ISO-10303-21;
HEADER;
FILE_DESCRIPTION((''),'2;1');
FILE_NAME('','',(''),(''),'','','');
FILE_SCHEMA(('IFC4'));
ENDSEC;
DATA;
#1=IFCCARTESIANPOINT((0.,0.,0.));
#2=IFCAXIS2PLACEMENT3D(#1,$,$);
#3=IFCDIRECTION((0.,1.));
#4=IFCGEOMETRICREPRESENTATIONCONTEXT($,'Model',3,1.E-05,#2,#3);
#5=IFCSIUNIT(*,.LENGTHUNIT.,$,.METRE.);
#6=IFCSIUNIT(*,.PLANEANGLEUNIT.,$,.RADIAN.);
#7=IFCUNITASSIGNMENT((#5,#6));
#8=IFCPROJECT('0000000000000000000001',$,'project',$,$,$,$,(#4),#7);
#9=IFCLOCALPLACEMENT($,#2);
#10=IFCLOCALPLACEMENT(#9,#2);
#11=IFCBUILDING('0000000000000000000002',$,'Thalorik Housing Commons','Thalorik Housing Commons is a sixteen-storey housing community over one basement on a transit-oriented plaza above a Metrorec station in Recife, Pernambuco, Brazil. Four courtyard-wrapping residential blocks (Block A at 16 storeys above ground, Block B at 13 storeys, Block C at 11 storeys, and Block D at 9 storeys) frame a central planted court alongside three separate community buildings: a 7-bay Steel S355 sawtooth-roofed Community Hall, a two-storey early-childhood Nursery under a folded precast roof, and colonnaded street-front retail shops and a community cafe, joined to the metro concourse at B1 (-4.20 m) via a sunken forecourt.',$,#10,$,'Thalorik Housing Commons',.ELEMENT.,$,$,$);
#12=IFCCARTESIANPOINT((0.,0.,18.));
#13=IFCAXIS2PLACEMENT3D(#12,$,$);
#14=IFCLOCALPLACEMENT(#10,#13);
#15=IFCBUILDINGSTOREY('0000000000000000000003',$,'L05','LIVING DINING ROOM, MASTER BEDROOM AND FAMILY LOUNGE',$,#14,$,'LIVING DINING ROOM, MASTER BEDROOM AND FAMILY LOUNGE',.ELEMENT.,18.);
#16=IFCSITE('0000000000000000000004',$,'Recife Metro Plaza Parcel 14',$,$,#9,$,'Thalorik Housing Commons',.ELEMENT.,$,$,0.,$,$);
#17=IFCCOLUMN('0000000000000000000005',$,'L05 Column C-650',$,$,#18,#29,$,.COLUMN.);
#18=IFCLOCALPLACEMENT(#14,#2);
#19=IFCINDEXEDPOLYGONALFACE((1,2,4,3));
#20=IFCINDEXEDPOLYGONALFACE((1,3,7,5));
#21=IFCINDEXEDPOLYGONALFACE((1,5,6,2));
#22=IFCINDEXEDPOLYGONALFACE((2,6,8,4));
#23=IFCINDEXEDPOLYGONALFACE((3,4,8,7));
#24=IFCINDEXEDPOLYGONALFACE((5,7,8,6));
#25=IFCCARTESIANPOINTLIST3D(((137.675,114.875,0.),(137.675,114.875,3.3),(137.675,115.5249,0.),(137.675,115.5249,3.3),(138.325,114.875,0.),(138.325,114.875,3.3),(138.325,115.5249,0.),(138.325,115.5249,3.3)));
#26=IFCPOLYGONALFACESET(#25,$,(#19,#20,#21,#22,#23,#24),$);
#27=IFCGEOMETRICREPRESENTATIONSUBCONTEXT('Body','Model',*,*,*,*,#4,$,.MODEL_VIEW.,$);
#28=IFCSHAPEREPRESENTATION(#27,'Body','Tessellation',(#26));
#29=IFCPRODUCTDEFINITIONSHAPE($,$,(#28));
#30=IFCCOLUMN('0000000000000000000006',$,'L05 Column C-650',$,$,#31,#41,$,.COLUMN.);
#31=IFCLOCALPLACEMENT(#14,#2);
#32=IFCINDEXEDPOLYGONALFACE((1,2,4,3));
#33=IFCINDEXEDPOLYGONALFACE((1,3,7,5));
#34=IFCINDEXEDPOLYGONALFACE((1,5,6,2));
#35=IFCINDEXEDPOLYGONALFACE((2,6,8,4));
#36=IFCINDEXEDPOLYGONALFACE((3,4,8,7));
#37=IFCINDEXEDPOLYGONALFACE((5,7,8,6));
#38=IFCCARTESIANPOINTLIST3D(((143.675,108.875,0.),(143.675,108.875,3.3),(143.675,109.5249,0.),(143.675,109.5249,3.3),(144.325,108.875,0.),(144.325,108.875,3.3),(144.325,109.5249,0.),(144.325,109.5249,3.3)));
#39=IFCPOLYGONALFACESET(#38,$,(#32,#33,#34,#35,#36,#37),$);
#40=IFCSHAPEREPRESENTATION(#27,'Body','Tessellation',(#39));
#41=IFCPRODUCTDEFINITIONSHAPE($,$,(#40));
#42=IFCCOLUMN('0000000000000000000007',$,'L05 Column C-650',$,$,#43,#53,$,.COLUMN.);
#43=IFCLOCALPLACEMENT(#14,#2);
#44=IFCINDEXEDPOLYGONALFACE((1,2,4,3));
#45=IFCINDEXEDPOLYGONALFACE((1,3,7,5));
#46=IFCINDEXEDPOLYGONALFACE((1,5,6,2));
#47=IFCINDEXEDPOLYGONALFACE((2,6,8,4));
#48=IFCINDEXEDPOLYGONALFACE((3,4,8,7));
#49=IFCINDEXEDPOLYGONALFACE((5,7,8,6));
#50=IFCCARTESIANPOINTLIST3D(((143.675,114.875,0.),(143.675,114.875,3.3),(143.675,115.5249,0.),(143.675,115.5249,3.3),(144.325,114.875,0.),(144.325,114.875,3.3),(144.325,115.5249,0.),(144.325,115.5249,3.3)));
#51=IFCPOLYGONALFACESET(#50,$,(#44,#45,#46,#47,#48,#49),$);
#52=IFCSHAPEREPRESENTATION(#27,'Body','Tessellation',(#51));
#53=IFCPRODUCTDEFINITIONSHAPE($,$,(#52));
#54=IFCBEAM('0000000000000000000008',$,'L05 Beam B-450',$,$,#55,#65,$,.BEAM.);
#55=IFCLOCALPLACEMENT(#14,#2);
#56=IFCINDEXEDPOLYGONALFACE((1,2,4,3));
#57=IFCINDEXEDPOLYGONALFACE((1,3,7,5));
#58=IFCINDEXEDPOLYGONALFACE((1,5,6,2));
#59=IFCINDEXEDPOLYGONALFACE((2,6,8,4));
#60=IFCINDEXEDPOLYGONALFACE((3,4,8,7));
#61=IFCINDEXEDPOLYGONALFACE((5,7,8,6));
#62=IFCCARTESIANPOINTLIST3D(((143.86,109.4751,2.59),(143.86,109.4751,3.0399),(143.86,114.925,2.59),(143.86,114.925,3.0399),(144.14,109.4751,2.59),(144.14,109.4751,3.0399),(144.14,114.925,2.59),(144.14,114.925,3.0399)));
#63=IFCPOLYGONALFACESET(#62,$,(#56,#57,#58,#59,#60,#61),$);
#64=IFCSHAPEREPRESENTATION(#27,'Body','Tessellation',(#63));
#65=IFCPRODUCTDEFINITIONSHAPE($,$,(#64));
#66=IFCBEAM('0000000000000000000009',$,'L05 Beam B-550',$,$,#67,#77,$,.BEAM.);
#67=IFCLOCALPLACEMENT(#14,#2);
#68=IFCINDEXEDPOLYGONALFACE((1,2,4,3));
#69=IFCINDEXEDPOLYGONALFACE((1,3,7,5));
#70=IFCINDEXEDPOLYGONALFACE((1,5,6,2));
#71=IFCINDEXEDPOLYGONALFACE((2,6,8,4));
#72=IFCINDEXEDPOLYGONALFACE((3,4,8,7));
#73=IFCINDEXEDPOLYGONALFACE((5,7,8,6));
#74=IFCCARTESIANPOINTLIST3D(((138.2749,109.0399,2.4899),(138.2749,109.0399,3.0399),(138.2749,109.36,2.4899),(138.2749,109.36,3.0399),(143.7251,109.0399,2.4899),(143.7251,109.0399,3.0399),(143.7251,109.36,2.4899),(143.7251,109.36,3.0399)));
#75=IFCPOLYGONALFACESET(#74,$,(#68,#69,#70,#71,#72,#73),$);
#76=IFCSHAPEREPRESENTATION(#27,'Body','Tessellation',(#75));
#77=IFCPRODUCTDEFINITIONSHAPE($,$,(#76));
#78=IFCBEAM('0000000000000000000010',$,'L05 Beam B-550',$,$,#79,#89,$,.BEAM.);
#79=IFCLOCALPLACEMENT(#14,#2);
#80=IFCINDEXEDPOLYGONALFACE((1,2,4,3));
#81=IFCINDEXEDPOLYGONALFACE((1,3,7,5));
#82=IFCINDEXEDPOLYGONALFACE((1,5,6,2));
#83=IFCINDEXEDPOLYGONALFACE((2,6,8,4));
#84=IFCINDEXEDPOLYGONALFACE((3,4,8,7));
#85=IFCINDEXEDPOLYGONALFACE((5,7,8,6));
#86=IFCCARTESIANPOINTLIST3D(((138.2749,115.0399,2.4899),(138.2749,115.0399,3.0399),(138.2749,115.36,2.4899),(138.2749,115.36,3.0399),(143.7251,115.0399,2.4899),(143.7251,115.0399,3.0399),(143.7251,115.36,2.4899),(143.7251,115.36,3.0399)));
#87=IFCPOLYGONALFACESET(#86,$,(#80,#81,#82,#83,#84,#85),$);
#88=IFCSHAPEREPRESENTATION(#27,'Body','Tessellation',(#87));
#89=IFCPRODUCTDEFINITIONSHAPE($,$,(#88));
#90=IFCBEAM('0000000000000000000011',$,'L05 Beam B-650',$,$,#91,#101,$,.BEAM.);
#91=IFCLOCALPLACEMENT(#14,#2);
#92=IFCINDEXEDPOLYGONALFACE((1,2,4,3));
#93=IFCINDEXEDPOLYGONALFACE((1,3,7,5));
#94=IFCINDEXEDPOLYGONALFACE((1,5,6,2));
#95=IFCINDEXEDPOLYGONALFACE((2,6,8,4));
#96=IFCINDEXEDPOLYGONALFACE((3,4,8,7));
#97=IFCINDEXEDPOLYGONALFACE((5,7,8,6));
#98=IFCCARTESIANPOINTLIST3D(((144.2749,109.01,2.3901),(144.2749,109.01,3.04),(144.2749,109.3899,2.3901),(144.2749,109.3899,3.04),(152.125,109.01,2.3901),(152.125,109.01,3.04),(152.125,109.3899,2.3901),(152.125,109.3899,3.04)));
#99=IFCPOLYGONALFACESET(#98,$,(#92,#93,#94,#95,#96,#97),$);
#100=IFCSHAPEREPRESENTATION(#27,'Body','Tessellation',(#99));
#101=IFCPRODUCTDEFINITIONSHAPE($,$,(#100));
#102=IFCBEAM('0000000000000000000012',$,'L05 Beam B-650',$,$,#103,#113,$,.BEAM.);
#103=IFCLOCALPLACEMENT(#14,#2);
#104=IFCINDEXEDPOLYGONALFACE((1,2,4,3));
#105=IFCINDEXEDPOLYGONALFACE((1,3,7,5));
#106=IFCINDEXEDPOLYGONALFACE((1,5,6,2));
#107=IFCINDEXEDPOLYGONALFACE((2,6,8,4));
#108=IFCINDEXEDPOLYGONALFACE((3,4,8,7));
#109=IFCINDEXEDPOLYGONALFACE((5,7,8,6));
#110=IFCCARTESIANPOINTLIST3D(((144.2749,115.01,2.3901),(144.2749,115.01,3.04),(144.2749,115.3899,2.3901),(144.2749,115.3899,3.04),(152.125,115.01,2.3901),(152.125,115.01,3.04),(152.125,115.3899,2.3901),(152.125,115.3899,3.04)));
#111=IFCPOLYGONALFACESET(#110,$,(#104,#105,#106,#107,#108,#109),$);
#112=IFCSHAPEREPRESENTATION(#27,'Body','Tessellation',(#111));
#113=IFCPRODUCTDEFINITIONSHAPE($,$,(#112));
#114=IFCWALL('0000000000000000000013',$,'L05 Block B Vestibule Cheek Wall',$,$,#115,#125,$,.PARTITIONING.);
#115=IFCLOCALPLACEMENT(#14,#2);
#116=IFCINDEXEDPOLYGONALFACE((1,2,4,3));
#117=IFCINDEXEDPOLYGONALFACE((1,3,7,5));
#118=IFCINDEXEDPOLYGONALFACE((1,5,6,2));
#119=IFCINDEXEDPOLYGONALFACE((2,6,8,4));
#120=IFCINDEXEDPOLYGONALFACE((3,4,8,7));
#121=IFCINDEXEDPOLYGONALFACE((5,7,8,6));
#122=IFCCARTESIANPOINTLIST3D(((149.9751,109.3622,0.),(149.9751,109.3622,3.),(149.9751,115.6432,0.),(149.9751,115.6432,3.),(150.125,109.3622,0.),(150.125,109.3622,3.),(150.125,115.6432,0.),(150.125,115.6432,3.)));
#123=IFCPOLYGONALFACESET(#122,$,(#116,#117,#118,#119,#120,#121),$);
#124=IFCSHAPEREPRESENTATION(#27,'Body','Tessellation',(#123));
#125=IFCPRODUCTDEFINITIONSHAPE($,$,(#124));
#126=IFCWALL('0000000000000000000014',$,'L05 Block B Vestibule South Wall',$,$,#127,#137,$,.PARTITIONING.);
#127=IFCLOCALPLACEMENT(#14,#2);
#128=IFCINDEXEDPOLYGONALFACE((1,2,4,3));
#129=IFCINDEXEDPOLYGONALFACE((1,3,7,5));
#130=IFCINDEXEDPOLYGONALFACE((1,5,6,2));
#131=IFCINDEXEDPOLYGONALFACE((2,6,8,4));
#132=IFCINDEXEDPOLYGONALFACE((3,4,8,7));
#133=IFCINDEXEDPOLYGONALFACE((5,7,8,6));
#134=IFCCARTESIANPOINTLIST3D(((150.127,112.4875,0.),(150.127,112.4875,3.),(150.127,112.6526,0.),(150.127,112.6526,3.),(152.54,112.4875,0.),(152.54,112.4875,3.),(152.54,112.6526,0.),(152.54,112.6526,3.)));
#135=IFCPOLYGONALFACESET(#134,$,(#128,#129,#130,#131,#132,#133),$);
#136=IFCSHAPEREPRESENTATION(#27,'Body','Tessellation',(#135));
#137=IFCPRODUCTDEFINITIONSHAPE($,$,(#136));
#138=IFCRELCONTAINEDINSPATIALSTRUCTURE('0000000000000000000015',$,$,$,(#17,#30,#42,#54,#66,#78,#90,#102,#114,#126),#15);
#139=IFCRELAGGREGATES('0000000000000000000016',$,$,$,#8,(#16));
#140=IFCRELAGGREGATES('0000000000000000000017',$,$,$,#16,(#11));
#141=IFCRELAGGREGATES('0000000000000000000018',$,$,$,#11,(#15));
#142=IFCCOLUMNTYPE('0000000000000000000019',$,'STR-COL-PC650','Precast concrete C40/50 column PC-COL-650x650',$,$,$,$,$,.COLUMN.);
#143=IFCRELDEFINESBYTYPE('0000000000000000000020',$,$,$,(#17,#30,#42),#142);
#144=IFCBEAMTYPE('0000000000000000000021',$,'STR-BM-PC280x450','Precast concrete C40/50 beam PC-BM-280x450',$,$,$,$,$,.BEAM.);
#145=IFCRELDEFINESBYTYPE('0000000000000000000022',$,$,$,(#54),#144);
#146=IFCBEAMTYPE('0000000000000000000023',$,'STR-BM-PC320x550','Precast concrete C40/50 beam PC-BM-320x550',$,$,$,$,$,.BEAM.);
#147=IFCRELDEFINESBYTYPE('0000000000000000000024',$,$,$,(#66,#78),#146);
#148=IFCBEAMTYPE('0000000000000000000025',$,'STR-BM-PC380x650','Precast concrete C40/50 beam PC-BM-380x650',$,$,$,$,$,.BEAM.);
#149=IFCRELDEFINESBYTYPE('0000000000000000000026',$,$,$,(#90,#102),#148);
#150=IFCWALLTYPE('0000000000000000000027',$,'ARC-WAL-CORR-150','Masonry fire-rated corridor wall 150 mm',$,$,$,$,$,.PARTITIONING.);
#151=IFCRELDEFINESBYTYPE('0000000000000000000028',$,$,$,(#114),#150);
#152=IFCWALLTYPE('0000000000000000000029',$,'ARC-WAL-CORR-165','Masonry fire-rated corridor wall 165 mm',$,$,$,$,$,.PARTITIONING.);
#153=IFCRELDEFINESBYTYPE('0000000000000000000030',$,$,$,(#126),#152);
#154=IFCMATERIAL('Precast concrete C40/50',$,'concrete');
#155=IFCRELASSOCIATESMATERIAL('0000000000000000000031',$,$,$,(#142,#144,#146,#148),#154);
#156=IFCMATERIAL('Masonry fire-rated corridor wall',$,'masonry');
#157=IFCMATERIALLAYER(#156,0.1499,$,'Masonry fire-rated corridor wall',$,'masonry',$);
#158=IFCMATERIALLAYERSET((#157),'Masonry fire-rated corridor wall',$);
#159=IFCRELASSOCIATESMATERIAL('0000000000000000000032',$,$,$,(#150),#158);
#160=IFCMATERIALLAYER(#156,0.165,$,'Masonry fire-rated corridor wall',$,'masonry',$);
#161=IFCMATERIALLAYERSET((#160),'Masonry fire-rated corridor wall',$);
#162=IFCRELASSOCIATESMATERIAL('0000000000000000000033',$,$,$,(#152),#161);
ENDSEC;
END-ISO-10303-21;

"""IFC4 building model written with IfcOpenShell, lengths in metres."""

from ifc_helpers import new_model, si_unit, direction, frame, frame_2d, origin, origin_2d, place, context, subcontext, project, spatial, rectangle, extrude, material, layer, layer_set, material_profile, profile_set, type_object, element, save


model = new_model("IFC4")

# Units and contexts
model_context = context("Model", 3, precision=1e-05, world=origin(), true_north=direction((0.0, 1.0)))
body_context = subcontext(model_context, "Body", "Model", "MODEL_VIEW")
ifc_project = project(units=[si_unit("LENGTHUNIT", "METRE"), si_unit("PLANEANGLEUNIT", "RADIAN")], contexts=[model_context])

# Site, building, storey
site_placement = place(None, origin())
site = spatial("IfcSite", under=ifc_project, at=site_placement, Name="Recife Metro Plaza Parcel 14", LongName="Thalorik Housing Commons", CompositionType="ELEMENT", RefElevation=0.0)
building_placement = place(site_placement, origin())
building = spatial("IfcBuilding", under=site, at=building_placement, Name="Thalorik Housing Commons", Description="Thalorik Housing Commons is a sixteen-storey housing community over one basement on a transit-oriented plaza above a Metrorec station in Recife, Pernambuco, Brazil. Four courtyard-wrapping residential blocks (Block A at 16 storeys above ground, Block B at 13 storeys, Block C at 11 storeys, and Block D at 9 storeys) frame a central planted court alongside three separate community buildings: a 7-bay Steel S355 sawtooth-roofed Community Hall, a two-storey early-childhood Nursery under a folded precast roof, and colonnaded street-front retail shops and a community cafe, joined to the metro concourse at B1 (-4.20 m) via a sunken forecourt.", LongName="Thalorik Housing Commons", CompositionType="ELEMENT")
storey_placement = place(building_placement, frame((0.0, 0.0, 18.0)))
storey = spatial("IfcBuildingStorey", under=building, at=storey_placement, Name="L05", Description="LIVING DINING ROOM, MASTER BEDROOM AND FAMILY LOUNGE", LongName="LIVING DINING ROOM, MASTER BEDROOM AND FAMILY LOUNGE", CompositionType="ELEMENT", Elevation=18.0)

# Columns
ifc_material_1 = material(Name="Precast concrete C40/50", Category="concrete")
ifc_material_profile_1 = material_profile(ifc_material_1, rectangle(XDim=0.6499, YDim=0.6499, at=origin_2d()), Name="PC 650x650", Category="concrete")
ifc_profile_set_1 = profile_set([ifc_material_profile_1], Name="Precast concrete C40/50")
column_type = type_object("IfcColumnType", Name="STR-COL-PC650", Description="Precast concrete C40/50 column PC-COL-650x650", PredefinedType="COLUMN", material=ifc_profile_set_1)
for number, where, z_axis, x_axis, name in (
    (1, (138.0, 115.2, 0.0), (0.0, 0.0, 1.0), (1.0, 0.0, 0.0), "L05 Column C-650"),
    (2, (144.0, 109.2, 0.0), (0.0, 0.0, 1.0), (1.0, 0.0, 0.0), "L05 Column C-650"),
    (3, (144.0, 115.2, 0.0), (0.0, 0.0, 1.0), (1.0, 0.0, 0.0), "L05 Column C-650"),
):
    element("IfcColumn", number, at=place(storey_placement, frame(where, z_axis=z_axis, x_axis=x_axis)), inside=storey, type_object=column_type, Name=name, PredefinedType="COLUMN", context=body_context, shape_type="SweptSolid", body=[
        extrude(rectangle(XDim=0.6499, YDim=0.6499, at=origin_2d()), origin(), (0.0, 0.0, 1.0), 3.3),
    ])

# Beams
ifc_material_profile_2 = material_profile(ifc_material_1, rectangle(XDim=0.28, YDim=0.45, at=origin_2d()), Name="PC 280x450", Category="concrete")
ifc_profile_set_2 = profile_set([ifc_material_profile_2], Name="Precast concrete C40/50")
beam_type_1 = type_object("IfcBeamType", Name="STR-BM-PC280x450", Description="Precast concrete C40/50 beam PC-BM-280x450", PredefinedType="BEAM", material=ifc_profile_set_2)
beam_placement = place(storey_placement, frame((144.0, 109.4751, 2.8149), z_axis=(0.0, 1.0, 0.0), x_axis=(-1.0, 0.0, 0.0)))
element("IfcBeam", 4, at=beam_placement, inside=storey, type_object=beam_type_1, Name="L05 Beam B-450", PredefinedType="BEAM", context=body_context, shape_type="SweptSolid", body=[
    extrude(rectangle(XDim=0.28, YDim=0.45, at=origin_2d()), origin(), (0.0, 0.0, 1.0), 5.45),
])
ifc_material_profile_3 = material_profile(ifc_material_1, rectangle(XDim=0.3201, YDim=0.55, at=origin_2d()), Name="PC 320x550", Category="concrete")
ifc_profile_set_3 = profile_set([ifc_material_profile_3], Name="Precast concrete C40/50")
beam_type_2 = type_object("IfcBeamType", Name="STR-BM-PC320x550", Description="Precast concrete C40/50 beam PC-BM-320x550", PredefinedType="BEAM", material=ifc_profile_set_3)
for number, where, z_axis, x_axis, name in (
    (5, (138.2749, 109.2, 2.7649), (1.0, 0.0, 0.0), (0.0, 1.0, 0.0), "L05 Beam B-550"),
    (6, (138.2749, 115.2, 2.7649), (1.0, 0.0, 0.0), (0.0, 1.0, 0.0), "L05 Beam B-550"),
):
    element("IfcBeam", number, at=place(storey_placement, frame(where, z_axis=z_axis, x_axis=x_axis)), inside=storey, type_object=beam_type_2, Name=name, PredefinedType="BEAM", context=body_context, shape_type="SweptSolid", body=[
        extrude(rectangle(XDim=0.3201, YDim=0.55, at=origin_2d()), origin(), (0.0, 0.0, 1.0), 5.4502),
    ])
ifc_material_profile_4 = material_profile(ifc_material_1, rectangle(XDim=0.3799, YDim=0.6499, at=origin_2d()), Name="PC 380x650", Category="concrete")
ifc_profile_set_4 = profile_set([ifc_material_profile_4], Name="Precast concrete C40/50")
beam_type_3 = type_object("IfcBeamType", Name="STR-BM-PC380x650", Description="Precast concrete C40/50 beam PC-BM-380x650", PredefinedType="BEAM", material=ifc_profile_set_4)
for number, where, z_axis, x_axis, name in (
    (7, (144.2749, 109.2, 2.7151), (1.0, 0.0, 0.0), (0.0, 1.0, 0.0), "L05 Beam B-650"),
    (8, (144.2749, 115.2, 2.7151), (1.0, 0.0, 0.0), (0.0, 1.0, 0.0), "L05 Beam B-650"),
):
    element("IfcBeam", number, at=place(storey_placement, frame(where, z_axis=z_axis, x_axis=x_axis)), inside=storey, type_object=beam_type_3, Name=name, PredefinedType="BEAM", context=body_context, shape_type="SweptSolid", body=[
        extrude(rectangle(XDim=0.3799, YDim=0.6499, at=origin_2d()), origin(), (0.0, 0.0, 1.0), 7.8501),
    ])

# Walls
ifc_material_2 = material(Name="Masonry fire-rated corridor wall", Category="masonry")
ifc_layer_1 = layer(ifc_material_2, 0.1499, Name="Masonry fire-rated corridor wall", Category="masonry")
ifc_layer_set_1 = layer_set([ifc_layer_1], Name="Masonry fire-rated corridor wall")
wall_type_1 = type_object("IfcWallType", Name="ARC-WAL-CORR-150", Description="Masonry fire-rated corridor wall 150 mm", PredefinedType="PARTITIONING", material=ifc_layer_set_1)
wall_1_placement = place(storey_placement, frame((150.05, 109.3621, 0.0), z_axis=(0.0, 0.0, 1.0), x_axis=(0.0, 1.0, 0.0)))
element("IfcWall", 9, at=wall_1_placement, inside=storey, type_object=wall_type_1, Name="L05 Block B Vestibule Cheek Wall", PredefinedType="PARTITIONING", context=body_context, shape_type="SweptSolid", body=[
    extrude(rectangle(XDim=6.281, YDim=0.1499, at=frame_2d((3.1406, 0.0))), origin(), (0.0, 0.0, 1.0), 3.0),
])
ifc_layer_2 = layer(ifc_material_2, 0.165, Name="Masonry fire-rated corridor wall", Category="masonry")
ifc_layer_set_2 = layer_set([ifc_layer_2], Name="Masonry fire-rated corridor wall")
wall_type_2 = type_object("IfcWallType", Name="ARC-WAL-CORR-165", Description="Masonry fire-rated corridor wall 165 mm", PredefinedType="PARTITIONING", material=ifc_layer_set_2)
wall_2_placement = place(storey_placement, frame((150.127, 112.5701, 0.0), z_axis=(0.0, 0.0, 1.0), x_axis=(1.0, 0.0, 0.0)))
element("IfcWall", 10, at=wall_2_placement, inside=storey, type_object=wall_type_2, Name="L05 Block B Vestibule South Wall", PredefinedType="PARTITIONING", context=body_context, shape_type="SweptSolid", body=[
    extrude(rectangle(XDim=2.4131, YDim=0.165, at=frame_2d((1.2065, 0.0))), origin(), (0.0, 0.0, 1.0), 3.0),
])

save(model, "model.ifc")
